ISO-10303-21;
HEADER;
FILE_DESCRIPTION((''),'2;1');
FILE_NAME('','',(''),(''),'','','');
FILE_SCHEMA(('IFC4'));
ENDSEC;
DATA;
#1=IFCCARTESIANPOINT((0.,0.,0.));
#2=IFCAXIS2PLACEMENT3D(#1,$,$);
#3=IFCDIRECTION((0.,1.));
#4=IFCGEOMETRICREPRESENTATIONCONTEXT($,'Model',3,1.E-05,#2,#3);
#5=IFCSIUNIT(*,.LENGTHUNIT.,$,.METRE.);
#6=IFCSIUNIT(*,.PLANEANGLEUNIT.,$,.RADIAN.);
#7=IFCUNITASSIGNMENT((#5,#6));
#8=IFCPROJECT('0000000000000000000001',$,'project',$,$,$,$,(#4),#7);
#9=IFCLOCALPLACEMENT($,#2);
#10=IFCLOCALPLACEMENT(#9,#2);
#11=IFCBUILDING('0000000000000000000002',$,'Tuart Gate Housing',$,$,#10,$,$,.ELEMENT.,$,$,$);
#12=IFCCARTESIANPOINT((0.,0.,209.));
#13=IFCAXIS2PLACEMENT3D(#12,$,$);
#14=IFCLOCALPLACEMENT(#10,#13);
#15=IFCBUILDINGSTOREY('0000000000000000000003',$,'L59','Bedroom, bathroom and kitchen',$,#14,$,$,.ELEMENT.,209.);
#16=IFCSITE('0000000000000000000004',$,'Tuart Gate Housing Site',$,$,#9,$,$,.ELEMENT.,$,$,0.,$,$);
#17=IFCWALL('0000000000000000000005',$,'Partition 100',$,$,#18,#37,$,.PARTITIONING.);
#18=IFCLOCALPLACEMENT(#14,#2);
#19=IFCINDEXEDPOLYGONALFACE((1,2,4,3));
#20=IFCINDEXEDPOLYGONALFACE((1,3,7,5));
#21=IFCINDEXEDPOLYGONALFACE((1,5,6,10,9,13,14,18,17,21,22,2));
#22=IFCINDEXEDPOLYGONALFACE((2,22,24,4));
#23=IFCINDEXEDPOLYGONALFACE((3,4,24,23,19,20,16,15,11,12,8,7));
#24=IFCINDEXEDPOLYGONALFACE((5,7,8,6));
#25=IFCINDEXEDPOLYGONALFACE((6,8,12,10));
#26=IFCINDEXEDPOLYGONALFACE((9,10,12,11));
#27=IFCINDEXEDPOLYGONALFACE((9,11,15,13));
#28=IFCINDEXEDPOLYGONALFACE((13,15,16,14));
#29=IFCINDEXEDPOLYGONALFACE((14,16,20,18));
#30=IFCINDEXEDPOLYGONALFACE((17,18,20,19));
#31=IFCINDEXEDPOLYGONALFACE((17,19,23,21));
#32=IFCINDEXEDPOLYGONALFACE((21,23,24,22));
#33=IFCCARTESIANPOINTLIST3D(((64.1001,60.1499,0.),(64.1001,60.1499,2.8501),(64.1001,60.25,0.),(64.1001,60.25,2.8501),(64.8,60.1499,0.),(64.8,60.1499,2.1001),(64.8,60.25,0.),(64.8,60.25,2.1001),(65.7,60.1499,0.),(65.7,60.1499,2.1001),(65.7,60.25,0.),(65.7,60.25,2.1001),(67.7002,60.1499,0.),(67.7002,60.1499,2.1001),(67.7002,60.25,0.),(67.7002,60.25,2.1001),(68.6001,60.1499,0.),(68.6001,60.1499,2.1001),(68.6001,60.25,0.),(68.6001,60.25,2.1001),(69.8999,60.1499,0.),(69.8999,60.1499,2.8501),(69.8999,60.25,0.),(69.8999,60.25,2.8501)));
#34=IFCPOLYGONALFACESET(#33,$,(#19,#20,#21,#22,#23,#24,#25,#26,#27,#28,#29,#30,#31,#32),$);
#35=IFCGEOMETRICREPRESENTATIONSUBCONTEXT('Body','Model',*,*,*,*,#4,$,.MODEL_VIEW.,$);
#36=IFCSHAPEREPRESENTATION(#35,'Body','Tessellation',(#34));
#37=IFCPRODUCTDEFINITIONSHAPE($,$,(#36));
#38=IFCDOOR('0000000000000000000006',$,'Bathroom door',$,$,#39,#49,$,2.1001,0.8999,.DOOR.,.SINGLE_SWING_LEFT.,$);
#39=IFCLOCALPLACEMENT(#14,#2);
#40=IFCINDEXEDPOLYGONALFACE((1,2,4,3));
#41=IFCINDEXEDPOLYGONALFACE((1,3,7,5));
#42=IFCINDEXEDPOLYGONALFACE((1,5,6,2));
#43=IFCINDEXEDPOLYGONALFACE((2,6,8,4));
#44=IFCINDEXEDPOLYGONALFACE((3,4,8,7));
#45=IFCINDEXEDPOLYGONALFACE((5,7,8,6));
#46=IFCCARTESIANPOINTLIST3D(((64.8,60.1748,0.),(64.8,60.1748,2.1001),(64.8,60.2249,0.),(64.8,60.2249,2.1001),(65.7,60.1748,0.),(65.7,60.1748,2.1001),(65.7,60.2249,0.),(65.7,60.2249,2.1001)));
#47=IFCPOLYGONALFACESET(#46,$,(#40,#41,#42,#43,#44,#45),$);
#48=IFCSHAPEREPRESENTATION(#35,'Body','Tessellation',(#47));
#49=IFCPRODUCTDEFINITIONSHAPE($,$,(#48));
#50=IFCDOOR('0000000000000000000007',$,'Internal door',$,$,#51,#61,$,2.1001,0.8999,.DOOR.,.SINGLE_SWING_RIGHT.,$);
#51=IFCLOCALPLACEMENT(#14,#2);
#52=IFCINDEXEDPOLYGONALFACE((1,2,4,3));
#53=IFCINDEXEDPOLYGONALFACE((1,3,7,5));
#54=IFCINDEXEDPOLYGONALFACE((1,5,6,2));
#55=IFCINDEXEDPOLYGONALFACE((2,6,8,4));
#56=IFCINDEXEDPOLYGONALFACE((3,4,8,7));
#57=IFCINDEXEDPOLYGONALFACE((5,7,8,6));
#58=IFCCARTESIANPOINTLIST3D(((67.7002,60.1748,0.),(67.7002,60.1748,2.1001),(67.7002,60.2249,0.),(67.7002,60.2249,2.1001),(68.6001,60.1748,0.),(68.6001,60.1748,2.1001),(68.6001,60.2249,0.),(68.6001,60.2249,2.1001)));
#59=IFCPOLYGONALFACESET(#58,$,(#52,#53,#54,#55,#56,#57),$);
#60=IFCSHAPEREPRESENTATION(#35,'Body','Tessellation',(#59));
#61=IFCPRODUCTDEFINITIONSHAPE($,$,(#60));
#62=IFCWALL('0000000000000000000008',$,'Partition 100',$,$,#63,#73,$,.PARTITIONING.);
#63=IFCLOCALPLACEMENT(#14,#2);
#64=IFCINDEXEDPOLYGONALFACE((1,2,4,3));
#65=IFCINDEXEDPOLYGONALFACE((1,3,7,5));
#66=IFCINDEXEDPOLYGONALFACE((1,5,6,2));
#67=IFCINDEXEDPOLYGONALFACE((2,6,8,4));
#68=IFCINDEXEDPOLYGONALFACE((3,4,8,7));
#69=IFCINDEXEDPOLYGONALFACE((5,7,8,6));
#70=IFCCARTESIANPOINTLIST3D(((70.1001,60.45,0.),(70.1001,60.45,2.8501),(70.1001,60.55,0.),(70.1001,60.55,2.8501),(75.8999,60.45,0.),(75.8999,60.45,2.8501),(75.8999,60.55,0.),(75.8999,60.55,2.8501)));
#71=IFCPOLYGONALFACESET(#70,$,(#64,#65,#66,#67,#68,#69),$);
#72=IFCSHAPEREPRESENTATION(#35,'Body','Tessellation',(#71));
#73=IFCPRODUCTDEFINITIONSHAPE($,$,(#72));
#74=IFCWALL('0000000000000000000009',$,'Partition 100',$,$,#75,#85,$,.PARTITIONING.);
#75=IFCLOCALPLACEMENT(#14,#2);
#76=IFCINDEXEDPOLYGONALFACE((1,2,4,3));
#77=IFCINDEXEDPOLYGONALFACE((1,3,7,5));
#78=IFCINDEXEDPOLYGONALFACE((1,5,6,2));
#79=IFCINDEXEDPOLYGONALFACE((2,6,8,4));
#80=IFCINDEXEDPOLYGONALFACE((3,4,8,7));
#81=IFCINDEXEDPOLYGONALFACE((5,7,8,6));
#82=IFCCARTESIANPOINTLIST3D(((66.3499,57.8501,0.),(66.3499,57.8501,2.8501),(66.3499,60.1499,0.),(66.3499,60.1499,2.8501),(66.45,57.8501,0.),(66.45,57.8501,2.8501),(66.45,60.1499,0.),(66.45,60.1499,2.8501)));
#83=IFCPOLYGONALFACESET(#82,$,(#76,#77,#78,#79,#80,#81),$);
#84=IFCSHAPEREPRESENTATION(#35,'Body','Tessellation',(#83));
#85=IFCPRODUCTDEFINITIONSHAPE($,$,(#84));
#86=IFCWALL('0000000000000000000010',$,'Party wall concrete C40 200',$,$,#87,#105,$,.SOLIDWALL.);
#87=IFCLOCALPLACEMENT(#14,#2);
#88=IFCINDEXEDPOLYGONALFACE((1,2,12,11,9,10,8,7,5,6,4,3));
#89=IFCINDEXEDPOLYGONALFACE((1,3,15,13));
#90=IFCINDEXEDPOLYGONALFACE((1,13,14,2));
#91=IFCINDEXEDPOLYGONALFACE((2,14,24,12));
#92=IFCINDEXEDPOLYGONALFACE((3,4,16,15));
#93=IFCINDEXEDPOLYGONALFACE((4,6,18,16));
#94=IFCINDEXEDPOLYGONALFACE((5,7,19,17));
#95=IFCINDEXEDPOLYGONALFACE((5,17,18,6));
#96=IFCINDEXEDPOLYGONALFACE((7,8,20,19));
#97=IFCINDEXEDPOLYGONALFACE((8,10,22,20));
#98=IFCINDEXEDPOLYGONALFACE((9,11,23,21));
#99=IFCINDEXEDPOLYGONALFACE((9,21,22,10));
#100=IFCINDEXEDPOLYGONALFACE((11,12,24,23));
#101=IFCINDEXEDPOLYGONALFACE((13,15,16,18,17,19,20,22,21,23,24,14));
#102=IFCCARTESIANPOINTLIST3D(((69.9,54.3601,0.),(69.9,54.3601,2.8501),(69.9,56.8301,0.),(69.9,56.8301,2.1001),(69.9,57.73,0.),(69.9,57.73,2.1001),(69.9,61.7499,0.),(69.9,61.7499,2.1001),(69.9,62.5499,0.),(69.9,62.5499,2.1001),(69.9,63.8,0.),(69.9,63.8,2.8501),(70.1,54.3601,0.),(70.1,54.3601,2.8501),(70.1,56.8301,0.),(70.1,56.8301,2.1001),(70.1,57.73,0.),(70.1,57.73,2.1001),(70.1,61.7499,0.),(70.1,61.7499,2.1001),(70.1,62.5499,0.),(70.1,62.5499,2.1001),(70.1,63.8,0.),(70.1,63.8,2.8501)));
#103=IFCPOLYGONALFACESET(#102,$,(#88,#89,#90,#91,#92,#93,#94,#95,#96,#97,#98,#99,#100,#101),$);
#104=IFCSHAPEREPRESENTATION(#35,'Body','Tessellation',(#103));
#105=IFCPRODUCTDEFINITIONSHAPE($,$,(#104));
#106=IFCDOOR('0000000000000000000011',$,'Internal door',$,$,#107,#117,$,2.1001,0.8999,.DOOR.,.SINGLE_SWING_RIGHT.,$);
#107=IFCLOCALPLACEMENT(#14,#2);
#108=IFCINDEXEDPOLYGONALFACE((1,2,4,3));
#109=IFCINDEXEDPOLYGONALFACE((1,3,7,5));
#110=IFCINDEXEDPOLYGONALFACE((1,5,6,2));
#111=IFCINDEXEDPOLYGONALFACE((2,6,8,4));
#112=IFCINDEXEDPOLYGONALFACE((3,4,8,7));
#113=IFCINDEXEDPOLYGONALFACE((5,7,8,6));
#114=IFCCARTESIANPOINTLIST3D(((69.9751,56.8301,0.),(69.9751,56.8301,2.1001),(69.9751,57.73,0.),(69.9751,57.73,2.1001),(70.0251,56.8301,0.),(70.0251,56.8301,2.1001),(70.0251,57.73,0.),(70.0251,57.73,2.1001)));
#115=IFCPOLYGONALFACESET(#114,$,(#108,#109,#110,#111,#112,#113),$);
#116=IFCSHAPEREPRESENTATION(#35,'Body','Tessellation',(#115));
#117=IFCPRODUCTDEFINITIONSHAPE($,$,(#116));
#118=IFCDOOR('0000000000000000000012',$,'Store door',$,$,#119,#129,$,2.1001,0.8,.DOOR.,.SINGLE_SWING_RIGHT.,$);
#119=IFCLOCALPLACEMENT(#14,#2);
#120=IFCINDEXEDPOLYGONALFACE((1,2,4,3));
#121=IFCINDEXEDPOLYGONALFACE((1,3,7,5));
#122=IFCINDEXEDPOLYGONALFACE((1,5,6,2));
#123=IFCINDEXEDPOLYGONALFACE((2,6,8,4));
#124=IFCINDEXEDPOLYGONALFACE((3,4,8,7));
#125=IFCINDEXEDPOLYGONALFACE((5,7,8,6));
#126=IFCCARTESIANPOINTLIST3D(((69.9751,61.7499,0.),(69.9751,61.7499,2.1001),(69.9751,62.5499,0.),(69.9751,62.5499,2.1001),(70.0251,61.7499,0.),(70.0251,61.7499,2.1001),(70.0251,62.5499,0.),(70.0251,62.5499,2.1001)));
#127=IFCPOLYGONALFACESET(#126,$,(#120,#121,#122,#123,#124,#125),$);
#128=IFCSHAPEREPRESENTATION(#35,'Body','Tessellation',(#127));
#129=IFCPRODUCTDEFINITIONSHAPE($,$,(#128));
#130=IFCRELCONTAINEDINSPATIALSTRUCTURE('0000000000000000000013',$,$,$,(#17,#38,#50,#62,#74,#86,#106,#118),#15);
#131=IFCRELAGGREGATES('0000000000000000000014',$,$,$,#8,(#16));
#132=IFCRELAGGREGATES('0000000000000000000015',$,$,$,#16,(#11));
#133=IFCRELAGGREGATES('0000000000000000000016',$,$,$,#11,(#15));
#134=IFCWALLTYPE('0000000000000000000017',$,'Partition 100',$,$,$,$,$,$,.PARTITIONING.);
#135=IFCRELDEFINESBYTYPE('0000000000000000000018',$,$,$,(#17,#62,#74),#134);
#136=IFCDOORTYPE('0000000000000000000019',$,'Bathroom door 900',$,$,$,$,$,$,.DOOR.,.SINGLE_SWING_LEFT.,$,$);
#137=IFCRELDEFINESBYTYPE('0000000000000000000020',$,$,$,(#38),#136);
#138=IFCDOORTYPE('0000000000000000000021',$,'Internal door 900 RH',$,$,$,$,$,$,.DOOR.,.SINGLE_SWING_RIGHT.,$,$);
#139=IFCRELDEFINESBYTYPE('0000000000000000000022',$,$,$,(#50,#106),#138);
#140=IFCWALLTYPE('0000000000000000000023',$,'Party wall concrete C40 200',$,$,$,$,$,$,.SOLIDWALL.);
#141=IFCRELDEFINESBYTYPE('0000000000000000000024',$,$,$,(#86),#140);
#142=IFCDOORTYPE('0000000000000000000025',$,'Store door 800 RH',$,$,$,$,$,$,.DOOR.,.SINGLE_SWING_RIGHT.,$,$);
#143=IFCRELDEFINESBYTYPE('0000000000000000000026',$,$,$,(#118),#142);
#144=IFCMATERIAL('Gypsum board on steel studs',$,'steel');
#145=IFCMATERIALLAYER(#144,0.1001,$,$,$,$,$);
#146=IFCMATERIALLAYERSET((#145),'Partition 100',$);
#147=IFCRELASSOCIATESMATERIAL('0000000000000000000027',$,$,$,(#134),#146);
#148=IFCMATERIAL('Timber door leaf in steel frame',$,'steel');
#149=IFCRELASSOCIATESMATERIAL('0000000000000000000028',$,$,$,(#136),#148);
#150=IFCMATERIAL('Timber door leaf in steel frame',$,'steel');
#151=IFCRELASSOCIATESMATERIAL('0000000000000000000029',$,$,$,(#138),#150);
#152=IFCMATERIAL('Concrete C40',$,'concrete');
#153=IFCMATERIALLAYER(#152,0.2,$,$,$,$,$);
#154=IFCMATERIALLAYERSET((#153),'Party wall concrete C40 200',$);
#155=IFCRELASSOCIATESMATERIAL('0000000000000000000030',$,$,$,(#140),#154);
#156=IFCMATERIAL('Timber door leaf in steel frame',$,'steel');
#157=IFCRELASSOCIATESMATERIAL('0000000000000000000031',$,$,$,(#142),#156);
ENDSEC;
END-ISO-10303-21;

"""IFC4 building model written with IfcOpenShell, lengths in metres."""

from ifc_helpers import new_model, si_unit, direction, frame, frame_2d, origin, place, context, subcontext, project, spatial, rectangle, extrude, material, layer, layer_set, type_object, element, fill, save


model = new_model("IFC4")

# Units and contexts
model_context = context("Model", 3, precision=1e-05, world=origin(), true_north=direction((0.0, 1.0)))
body_context = subcontext(model_context, "Body", "Model", "MODEL_VIEW")
ifc_project = project(units=[si_unit("LENGTHUNIT", "METRE"), si_unit("PLANEANGLEUNIT", "RADIAN")], contexts=[model_context])

# Site, building, storey
site_placement = place(None, origin())
site = spatial("IfcSite", under=ifc_project, at=site_placement, Name="Tuart Gate Housing Site", CompositionType="ELEMENT", RefElevation=0.0)
building_placement = place(site_placement, origin())
building = spatial("IfcBuilding", under=site, at=building_placement, Name="Tuart Gate Housing", CompositionType="ELEMENT")
storey_placement = place(building_placement, frame((0.0, 0.0, 209.0)))
storey = spatial("IfcBuildingStorey", under=building, at=storey_placement, Name="L59", Description="Bedroom, bathroom and kitchen", CompositionType="ELEMENT", Elevation=209.0)

# Shared definitions
ifc_material_1 = material(Name="Gypsum board on steel studs", Category="steel")
ifc_layer_1 = layer(ifc_material_1, 0.1001)
ifc_layer_set_1 = layer_set([ifc_layer_1], Name="Partition 100")
wall_type_1 = type_object("IfcWallType", Name="Partition 100", PredefinedType="PARTITIONING", material=ifc_layer_set_1)

# Wall, openings, doors
wall_1_placement = place(storey_placement, frame((64.1001, 60.2, 0.0), z_axis=(0.0, 0.0, 1.0), x_axis=(1.0, 0.0, 0.0)))
wall_1 = element("IfcWall", 1, at=wall_1_placement, inside=storey, type_object=wall_type_1, Name="Partition 100", PredefinedType="PARTITIONING", context=body_context, shape_type="SweptSolid", body=[
    extrude(rectangle(XDim=5.7998, YDim=0.1001, at=frame_2d((2.8999, 0.0))), origin(), (0.0, 0.0, 1.0), 2.8501),
])
opening_1_placement = place(wall_1_placement, frame((3.6001, 0.0, 0.0)))
opening_1 = element("IfcOpeningElement", 2, at=opening_1_placement, cuts=wall_1, PredefinedType="OPENING", context=body_context, shape_type="SweptSolid", body=[
    extrude(rectangle(XDim=0.8999, YDim=2.1001, at=frame_2d((0.45, 1.05))), frame((0.0, 0.0601, 0.0), z_axis=(0.0, -1.0, 0.0), x_axis=(1.0, 0.0, 0.0)), (0.0, 0.0, 1.0), 0.1201),
])
opening_2_placement = place(wall_1_placement, frame((0.7, 0.0, 0.0)))
opening_2 = element("IfcOpeningElement", 3, at=opening_2_placement, cuts=wall_1, PredefinedType="OPENING", context=body_context, shape_type="SweptSolid", body=[
    extrude(rectangle(XDim=0.8999, YDim=2.1001, at=frame_2d((0.45, 1.05))), frame((0.0, 0.0601, 0.0), z_axis=(0.0, -1.0, 0.0), x_axis=(1.0, 0.0, 0.0)), (0.0, 0.0, 1.0), 0.1201),
])
ifc_material_2 = material(Name="Timber door leaf in steel frame", Category="steel")
door_type_1 = type_object("IfcDoorType", Name="Bathroom door 900", OperationType="SINGLE_SWING_LEFT", PredefinedType="DOOR", material=ifc_material_2)
door_1_placement = place(opening_2_placement, frame((0.8999, 0.0, 0.0), z_axis=(0.0, 0.0, 1.0), x_axis=(-1.0, 0.0, 0.0)))
door_1 = element("IfcDoor", 4, at=door_1_placement, inside=storey, type_object=door_type_1, Name="Bathroom door", OperationType="SINGLE_SWING_LEFT", OverallHeight=2.1001, OverallWidth=0.8999, PredefinedType="DOOR", context=body_context, shape_type="SweptSolid", body=[
    extrude(rectangle(XDim=0.8999, YDim=2.1001, at=frame_2d((0.45, 1.05))), frame((0.0, 0.0251, 0.0), z_axis=(0.0, -1.0, 0.0), x_axis=(1.0, 0.0, 0.0)), (0.0, 0.0, 1.0), 0.05),
])
fill(opening_2, door_1)
ifc_material_3 = material(Name="Timber door leaf in steel frame", Category="steel")
door_type_2 = type_object("IfcDoorType", Name="Internal door 900 RH", OperationType="SINGLE_SWING_RIGHT", PredefinedType="DOOR", material=ifc_material_3)
door_2_placement = place(opening_1_placement, origin())
door_2 = element("IfcDoor", 5, at=door_2_placement, inside=storey, type_object=door_type_2, Name="Internal door", OperationType="SINGLE_SWING_RIGHT", OverallHeight=2.1001, OverallWidth=0.8999, PredefinedType="DOOR", context=body_context, shape_type="SweptSolid", body=[
    extrude(rectangle(XDim=0.8999, YDim=2.1001, at=frame_2d((0.45, 1.05))), frame((0.0, 0.0249, 0.0), z_axis=(0.0, -1.0, 0.0), x_axis=(1.0, 0.0, 0.0)), (0.0, 0.0, 1.0), 0.05),
])
fill(opening_1, door_2)

# Walls
wall_2_placement = place(storey_placement, frame((70.1001, 60.5, 0.0), z_axis=(0.0, 0.0, 1.0), x_axis=(1.0, 0.0, 0.0)))
element("IfcWall", 6, at=wall_2_placement, inside=storey, type_object=wall_type_1, Name="Partition 100", PredefinedType="PARTITIONING", context=body_context, shape_type="SweptSolid", body=[
    extrude(rectangle(XDim=5.7998, YDim=0.1001, at=frame_2d((2.8999, 0.0))), origin(), (0.0, 0.0, 1.0), 2.8501),
])
wall_3_placement = place(storey_placement, frame((66.3999, 57.8501, 0.0), z_axis=(0.0, 0.0, 1.0), x_axis=(0.0, 1.0, 0.0)))
element("IfcWall", 7, at=wall_3_placement, inside=storey, type_object=wall_type_1, Name="Partition 100", PredefinedType="PARTITIONING", context=body_context, shape_type="SweptSolid", body=[
    extrude(rectangle(XDim=2.2998, YDim=0.1001, at=frame_2d((1.1499, 0.0))), origin(), (0.0, 0.0, 1.0), 2.8501),
])

# Wall, openings, doors
ifc_material_4 = material(Name="Concrete C40", Category="concrete")
ifc_layer_2 = layer(ifc_material_4, 0.2)
ifc_layer_set_2 = layer_set([ifc_layer_2], Name="Party wall concrete C40 200")
wall_type_2 = type_object("IfcWallType", Name="Party wall concrete C40 200", PredefinedType="SOLIDWALL", material=ifc_layer_set_2)
wall_4_placement = place(storey_placement, frame((70.0, 54.3601, 0.0), z_axis=(0.0, 0.0, 1.0), x_axis=(0.0, 1.0, 0.0)))
wall_4 = element("IfcWall", 8, at=wall_4_placement, inside=storey, type_object=wall_type_2, Name="Party wall concrete C40 200", PredefinedType="SOLIDWALL", context=body_context, shape_type="SweptSolid", body=[
    extrude(rectangle(XDim=9.4399, YDim=0.2, at=frame_2d((4.72, 0.0))), origin(), (0.0, 0.0, 1.0), 2.8501),
])
opening_3_placement = place(wall_4_placement, frame((2.47, 0.0, 0.0)))
opening_3 = element("IfcOpeningElement", 9, at=opening_3_placement, cuts=wall_4, PredefinedType="OPENING", context=body_context, shape_type="SweptSolid", body=[
    extrude(rectangle(XDim=0.8999, YDim=2.1001, at=frame_2d((0.45, 1.05))), frame((0.0, 0.1099, 0.0), z_axis=(0.0, -1.0, 0.0), x_axis=(1.0, 0.0, 0.0)), (0.0, 0.0, 1.0), 0.22),
])
opening_4_placement = place(wall_4_placement, frame((7.3899, 0.0, 0.0)))
opening_4 = element("IfcOpeningElement", 10, at=opening_4_placement, cuts=wall_4, PredefinedType="OPENING", context=body_context, shape_type="SweptSolid", body=[
    extrude(rectangle(XDim=0.8, YDim=2.1001, at=frame_2d((0.3999, 1.05))), frame((0.0, 0.1099, 0.0), z_axis=(0.0, -1.0, 0.0), x_axis=(1.0, 0.0, 0.0)), (0.0, 0.0, 1.0), 0.22),
])
door_3_placement = place(opening_3_placement, frame((0.8999, 0.0, 0.0), z_axis=(0.0, 0.0, 1.0), x_axis=(-1.0, 0.0, 0.0)))
door_3 = element("IfcDoor", 11, at=door_3_placement, inside=storey, type_object=door_type_2, Name="Internal door", OperationType="SINGLE_SWING_RIGHT", OverallHeight=2.1001, OverallWidth=0.8999, PredefinedType="DOOR", context=body_context, shape_type="SweptSolid", body=[
    extrude(rectangle(XDim=0.8999, YDim=2.1001, at=frame_2d((0.45, 1.05))), frame((0.0, 0.0251, 0.0), z_axis=(0.0, -1.0, 0.0), x_axis=(1.0, 0.0, 0.0)), (0.0, 0.0, 1.0), 0.05),
])
fill(opening_3, door_3)
ifc_material_5 = material(Name="Timber door leaf in steel frame", Category="steel")
door_type_3 = type_object("IfcDoorType", Name="Store door 800 RH", OperationType="SINGLE_SWING_RIGHT", PredefinedType="DOOR", material=ifc_material_5)
door_4_placement = place(opening_4_placement, frame((0.8, 0.0, 0.0), z_axis=(0.0, 0.0, 1.0), x_axis=(-1.0, 0.0, 0.0)))
door_4 = element("IfcDoor", 12, at=door_4_placement, inside=storey, type_object=door_type_3, Name="Store door", OperationType="SINGLE_SWING_RIGHT", OverallHeight=2.1001, OverallWidth=0.8, PredefinedType="DOOR", context=body_context, shape_type="SweptSolid", body=[
    extrude(rectangle(XDim=0.8, YDim=2.1001, at=frame_2d((0.4001, 1.05))), frame((0.0, 0.0251, 0.0), z_axis=(0.0, -1.0, 0.0), x_axis=(1.0, 0.0, 0.0)), (0.0, 0.0, 1.0), 0.05),
])
fill(opening_4, door_4)

save(model, "model.ifc")
